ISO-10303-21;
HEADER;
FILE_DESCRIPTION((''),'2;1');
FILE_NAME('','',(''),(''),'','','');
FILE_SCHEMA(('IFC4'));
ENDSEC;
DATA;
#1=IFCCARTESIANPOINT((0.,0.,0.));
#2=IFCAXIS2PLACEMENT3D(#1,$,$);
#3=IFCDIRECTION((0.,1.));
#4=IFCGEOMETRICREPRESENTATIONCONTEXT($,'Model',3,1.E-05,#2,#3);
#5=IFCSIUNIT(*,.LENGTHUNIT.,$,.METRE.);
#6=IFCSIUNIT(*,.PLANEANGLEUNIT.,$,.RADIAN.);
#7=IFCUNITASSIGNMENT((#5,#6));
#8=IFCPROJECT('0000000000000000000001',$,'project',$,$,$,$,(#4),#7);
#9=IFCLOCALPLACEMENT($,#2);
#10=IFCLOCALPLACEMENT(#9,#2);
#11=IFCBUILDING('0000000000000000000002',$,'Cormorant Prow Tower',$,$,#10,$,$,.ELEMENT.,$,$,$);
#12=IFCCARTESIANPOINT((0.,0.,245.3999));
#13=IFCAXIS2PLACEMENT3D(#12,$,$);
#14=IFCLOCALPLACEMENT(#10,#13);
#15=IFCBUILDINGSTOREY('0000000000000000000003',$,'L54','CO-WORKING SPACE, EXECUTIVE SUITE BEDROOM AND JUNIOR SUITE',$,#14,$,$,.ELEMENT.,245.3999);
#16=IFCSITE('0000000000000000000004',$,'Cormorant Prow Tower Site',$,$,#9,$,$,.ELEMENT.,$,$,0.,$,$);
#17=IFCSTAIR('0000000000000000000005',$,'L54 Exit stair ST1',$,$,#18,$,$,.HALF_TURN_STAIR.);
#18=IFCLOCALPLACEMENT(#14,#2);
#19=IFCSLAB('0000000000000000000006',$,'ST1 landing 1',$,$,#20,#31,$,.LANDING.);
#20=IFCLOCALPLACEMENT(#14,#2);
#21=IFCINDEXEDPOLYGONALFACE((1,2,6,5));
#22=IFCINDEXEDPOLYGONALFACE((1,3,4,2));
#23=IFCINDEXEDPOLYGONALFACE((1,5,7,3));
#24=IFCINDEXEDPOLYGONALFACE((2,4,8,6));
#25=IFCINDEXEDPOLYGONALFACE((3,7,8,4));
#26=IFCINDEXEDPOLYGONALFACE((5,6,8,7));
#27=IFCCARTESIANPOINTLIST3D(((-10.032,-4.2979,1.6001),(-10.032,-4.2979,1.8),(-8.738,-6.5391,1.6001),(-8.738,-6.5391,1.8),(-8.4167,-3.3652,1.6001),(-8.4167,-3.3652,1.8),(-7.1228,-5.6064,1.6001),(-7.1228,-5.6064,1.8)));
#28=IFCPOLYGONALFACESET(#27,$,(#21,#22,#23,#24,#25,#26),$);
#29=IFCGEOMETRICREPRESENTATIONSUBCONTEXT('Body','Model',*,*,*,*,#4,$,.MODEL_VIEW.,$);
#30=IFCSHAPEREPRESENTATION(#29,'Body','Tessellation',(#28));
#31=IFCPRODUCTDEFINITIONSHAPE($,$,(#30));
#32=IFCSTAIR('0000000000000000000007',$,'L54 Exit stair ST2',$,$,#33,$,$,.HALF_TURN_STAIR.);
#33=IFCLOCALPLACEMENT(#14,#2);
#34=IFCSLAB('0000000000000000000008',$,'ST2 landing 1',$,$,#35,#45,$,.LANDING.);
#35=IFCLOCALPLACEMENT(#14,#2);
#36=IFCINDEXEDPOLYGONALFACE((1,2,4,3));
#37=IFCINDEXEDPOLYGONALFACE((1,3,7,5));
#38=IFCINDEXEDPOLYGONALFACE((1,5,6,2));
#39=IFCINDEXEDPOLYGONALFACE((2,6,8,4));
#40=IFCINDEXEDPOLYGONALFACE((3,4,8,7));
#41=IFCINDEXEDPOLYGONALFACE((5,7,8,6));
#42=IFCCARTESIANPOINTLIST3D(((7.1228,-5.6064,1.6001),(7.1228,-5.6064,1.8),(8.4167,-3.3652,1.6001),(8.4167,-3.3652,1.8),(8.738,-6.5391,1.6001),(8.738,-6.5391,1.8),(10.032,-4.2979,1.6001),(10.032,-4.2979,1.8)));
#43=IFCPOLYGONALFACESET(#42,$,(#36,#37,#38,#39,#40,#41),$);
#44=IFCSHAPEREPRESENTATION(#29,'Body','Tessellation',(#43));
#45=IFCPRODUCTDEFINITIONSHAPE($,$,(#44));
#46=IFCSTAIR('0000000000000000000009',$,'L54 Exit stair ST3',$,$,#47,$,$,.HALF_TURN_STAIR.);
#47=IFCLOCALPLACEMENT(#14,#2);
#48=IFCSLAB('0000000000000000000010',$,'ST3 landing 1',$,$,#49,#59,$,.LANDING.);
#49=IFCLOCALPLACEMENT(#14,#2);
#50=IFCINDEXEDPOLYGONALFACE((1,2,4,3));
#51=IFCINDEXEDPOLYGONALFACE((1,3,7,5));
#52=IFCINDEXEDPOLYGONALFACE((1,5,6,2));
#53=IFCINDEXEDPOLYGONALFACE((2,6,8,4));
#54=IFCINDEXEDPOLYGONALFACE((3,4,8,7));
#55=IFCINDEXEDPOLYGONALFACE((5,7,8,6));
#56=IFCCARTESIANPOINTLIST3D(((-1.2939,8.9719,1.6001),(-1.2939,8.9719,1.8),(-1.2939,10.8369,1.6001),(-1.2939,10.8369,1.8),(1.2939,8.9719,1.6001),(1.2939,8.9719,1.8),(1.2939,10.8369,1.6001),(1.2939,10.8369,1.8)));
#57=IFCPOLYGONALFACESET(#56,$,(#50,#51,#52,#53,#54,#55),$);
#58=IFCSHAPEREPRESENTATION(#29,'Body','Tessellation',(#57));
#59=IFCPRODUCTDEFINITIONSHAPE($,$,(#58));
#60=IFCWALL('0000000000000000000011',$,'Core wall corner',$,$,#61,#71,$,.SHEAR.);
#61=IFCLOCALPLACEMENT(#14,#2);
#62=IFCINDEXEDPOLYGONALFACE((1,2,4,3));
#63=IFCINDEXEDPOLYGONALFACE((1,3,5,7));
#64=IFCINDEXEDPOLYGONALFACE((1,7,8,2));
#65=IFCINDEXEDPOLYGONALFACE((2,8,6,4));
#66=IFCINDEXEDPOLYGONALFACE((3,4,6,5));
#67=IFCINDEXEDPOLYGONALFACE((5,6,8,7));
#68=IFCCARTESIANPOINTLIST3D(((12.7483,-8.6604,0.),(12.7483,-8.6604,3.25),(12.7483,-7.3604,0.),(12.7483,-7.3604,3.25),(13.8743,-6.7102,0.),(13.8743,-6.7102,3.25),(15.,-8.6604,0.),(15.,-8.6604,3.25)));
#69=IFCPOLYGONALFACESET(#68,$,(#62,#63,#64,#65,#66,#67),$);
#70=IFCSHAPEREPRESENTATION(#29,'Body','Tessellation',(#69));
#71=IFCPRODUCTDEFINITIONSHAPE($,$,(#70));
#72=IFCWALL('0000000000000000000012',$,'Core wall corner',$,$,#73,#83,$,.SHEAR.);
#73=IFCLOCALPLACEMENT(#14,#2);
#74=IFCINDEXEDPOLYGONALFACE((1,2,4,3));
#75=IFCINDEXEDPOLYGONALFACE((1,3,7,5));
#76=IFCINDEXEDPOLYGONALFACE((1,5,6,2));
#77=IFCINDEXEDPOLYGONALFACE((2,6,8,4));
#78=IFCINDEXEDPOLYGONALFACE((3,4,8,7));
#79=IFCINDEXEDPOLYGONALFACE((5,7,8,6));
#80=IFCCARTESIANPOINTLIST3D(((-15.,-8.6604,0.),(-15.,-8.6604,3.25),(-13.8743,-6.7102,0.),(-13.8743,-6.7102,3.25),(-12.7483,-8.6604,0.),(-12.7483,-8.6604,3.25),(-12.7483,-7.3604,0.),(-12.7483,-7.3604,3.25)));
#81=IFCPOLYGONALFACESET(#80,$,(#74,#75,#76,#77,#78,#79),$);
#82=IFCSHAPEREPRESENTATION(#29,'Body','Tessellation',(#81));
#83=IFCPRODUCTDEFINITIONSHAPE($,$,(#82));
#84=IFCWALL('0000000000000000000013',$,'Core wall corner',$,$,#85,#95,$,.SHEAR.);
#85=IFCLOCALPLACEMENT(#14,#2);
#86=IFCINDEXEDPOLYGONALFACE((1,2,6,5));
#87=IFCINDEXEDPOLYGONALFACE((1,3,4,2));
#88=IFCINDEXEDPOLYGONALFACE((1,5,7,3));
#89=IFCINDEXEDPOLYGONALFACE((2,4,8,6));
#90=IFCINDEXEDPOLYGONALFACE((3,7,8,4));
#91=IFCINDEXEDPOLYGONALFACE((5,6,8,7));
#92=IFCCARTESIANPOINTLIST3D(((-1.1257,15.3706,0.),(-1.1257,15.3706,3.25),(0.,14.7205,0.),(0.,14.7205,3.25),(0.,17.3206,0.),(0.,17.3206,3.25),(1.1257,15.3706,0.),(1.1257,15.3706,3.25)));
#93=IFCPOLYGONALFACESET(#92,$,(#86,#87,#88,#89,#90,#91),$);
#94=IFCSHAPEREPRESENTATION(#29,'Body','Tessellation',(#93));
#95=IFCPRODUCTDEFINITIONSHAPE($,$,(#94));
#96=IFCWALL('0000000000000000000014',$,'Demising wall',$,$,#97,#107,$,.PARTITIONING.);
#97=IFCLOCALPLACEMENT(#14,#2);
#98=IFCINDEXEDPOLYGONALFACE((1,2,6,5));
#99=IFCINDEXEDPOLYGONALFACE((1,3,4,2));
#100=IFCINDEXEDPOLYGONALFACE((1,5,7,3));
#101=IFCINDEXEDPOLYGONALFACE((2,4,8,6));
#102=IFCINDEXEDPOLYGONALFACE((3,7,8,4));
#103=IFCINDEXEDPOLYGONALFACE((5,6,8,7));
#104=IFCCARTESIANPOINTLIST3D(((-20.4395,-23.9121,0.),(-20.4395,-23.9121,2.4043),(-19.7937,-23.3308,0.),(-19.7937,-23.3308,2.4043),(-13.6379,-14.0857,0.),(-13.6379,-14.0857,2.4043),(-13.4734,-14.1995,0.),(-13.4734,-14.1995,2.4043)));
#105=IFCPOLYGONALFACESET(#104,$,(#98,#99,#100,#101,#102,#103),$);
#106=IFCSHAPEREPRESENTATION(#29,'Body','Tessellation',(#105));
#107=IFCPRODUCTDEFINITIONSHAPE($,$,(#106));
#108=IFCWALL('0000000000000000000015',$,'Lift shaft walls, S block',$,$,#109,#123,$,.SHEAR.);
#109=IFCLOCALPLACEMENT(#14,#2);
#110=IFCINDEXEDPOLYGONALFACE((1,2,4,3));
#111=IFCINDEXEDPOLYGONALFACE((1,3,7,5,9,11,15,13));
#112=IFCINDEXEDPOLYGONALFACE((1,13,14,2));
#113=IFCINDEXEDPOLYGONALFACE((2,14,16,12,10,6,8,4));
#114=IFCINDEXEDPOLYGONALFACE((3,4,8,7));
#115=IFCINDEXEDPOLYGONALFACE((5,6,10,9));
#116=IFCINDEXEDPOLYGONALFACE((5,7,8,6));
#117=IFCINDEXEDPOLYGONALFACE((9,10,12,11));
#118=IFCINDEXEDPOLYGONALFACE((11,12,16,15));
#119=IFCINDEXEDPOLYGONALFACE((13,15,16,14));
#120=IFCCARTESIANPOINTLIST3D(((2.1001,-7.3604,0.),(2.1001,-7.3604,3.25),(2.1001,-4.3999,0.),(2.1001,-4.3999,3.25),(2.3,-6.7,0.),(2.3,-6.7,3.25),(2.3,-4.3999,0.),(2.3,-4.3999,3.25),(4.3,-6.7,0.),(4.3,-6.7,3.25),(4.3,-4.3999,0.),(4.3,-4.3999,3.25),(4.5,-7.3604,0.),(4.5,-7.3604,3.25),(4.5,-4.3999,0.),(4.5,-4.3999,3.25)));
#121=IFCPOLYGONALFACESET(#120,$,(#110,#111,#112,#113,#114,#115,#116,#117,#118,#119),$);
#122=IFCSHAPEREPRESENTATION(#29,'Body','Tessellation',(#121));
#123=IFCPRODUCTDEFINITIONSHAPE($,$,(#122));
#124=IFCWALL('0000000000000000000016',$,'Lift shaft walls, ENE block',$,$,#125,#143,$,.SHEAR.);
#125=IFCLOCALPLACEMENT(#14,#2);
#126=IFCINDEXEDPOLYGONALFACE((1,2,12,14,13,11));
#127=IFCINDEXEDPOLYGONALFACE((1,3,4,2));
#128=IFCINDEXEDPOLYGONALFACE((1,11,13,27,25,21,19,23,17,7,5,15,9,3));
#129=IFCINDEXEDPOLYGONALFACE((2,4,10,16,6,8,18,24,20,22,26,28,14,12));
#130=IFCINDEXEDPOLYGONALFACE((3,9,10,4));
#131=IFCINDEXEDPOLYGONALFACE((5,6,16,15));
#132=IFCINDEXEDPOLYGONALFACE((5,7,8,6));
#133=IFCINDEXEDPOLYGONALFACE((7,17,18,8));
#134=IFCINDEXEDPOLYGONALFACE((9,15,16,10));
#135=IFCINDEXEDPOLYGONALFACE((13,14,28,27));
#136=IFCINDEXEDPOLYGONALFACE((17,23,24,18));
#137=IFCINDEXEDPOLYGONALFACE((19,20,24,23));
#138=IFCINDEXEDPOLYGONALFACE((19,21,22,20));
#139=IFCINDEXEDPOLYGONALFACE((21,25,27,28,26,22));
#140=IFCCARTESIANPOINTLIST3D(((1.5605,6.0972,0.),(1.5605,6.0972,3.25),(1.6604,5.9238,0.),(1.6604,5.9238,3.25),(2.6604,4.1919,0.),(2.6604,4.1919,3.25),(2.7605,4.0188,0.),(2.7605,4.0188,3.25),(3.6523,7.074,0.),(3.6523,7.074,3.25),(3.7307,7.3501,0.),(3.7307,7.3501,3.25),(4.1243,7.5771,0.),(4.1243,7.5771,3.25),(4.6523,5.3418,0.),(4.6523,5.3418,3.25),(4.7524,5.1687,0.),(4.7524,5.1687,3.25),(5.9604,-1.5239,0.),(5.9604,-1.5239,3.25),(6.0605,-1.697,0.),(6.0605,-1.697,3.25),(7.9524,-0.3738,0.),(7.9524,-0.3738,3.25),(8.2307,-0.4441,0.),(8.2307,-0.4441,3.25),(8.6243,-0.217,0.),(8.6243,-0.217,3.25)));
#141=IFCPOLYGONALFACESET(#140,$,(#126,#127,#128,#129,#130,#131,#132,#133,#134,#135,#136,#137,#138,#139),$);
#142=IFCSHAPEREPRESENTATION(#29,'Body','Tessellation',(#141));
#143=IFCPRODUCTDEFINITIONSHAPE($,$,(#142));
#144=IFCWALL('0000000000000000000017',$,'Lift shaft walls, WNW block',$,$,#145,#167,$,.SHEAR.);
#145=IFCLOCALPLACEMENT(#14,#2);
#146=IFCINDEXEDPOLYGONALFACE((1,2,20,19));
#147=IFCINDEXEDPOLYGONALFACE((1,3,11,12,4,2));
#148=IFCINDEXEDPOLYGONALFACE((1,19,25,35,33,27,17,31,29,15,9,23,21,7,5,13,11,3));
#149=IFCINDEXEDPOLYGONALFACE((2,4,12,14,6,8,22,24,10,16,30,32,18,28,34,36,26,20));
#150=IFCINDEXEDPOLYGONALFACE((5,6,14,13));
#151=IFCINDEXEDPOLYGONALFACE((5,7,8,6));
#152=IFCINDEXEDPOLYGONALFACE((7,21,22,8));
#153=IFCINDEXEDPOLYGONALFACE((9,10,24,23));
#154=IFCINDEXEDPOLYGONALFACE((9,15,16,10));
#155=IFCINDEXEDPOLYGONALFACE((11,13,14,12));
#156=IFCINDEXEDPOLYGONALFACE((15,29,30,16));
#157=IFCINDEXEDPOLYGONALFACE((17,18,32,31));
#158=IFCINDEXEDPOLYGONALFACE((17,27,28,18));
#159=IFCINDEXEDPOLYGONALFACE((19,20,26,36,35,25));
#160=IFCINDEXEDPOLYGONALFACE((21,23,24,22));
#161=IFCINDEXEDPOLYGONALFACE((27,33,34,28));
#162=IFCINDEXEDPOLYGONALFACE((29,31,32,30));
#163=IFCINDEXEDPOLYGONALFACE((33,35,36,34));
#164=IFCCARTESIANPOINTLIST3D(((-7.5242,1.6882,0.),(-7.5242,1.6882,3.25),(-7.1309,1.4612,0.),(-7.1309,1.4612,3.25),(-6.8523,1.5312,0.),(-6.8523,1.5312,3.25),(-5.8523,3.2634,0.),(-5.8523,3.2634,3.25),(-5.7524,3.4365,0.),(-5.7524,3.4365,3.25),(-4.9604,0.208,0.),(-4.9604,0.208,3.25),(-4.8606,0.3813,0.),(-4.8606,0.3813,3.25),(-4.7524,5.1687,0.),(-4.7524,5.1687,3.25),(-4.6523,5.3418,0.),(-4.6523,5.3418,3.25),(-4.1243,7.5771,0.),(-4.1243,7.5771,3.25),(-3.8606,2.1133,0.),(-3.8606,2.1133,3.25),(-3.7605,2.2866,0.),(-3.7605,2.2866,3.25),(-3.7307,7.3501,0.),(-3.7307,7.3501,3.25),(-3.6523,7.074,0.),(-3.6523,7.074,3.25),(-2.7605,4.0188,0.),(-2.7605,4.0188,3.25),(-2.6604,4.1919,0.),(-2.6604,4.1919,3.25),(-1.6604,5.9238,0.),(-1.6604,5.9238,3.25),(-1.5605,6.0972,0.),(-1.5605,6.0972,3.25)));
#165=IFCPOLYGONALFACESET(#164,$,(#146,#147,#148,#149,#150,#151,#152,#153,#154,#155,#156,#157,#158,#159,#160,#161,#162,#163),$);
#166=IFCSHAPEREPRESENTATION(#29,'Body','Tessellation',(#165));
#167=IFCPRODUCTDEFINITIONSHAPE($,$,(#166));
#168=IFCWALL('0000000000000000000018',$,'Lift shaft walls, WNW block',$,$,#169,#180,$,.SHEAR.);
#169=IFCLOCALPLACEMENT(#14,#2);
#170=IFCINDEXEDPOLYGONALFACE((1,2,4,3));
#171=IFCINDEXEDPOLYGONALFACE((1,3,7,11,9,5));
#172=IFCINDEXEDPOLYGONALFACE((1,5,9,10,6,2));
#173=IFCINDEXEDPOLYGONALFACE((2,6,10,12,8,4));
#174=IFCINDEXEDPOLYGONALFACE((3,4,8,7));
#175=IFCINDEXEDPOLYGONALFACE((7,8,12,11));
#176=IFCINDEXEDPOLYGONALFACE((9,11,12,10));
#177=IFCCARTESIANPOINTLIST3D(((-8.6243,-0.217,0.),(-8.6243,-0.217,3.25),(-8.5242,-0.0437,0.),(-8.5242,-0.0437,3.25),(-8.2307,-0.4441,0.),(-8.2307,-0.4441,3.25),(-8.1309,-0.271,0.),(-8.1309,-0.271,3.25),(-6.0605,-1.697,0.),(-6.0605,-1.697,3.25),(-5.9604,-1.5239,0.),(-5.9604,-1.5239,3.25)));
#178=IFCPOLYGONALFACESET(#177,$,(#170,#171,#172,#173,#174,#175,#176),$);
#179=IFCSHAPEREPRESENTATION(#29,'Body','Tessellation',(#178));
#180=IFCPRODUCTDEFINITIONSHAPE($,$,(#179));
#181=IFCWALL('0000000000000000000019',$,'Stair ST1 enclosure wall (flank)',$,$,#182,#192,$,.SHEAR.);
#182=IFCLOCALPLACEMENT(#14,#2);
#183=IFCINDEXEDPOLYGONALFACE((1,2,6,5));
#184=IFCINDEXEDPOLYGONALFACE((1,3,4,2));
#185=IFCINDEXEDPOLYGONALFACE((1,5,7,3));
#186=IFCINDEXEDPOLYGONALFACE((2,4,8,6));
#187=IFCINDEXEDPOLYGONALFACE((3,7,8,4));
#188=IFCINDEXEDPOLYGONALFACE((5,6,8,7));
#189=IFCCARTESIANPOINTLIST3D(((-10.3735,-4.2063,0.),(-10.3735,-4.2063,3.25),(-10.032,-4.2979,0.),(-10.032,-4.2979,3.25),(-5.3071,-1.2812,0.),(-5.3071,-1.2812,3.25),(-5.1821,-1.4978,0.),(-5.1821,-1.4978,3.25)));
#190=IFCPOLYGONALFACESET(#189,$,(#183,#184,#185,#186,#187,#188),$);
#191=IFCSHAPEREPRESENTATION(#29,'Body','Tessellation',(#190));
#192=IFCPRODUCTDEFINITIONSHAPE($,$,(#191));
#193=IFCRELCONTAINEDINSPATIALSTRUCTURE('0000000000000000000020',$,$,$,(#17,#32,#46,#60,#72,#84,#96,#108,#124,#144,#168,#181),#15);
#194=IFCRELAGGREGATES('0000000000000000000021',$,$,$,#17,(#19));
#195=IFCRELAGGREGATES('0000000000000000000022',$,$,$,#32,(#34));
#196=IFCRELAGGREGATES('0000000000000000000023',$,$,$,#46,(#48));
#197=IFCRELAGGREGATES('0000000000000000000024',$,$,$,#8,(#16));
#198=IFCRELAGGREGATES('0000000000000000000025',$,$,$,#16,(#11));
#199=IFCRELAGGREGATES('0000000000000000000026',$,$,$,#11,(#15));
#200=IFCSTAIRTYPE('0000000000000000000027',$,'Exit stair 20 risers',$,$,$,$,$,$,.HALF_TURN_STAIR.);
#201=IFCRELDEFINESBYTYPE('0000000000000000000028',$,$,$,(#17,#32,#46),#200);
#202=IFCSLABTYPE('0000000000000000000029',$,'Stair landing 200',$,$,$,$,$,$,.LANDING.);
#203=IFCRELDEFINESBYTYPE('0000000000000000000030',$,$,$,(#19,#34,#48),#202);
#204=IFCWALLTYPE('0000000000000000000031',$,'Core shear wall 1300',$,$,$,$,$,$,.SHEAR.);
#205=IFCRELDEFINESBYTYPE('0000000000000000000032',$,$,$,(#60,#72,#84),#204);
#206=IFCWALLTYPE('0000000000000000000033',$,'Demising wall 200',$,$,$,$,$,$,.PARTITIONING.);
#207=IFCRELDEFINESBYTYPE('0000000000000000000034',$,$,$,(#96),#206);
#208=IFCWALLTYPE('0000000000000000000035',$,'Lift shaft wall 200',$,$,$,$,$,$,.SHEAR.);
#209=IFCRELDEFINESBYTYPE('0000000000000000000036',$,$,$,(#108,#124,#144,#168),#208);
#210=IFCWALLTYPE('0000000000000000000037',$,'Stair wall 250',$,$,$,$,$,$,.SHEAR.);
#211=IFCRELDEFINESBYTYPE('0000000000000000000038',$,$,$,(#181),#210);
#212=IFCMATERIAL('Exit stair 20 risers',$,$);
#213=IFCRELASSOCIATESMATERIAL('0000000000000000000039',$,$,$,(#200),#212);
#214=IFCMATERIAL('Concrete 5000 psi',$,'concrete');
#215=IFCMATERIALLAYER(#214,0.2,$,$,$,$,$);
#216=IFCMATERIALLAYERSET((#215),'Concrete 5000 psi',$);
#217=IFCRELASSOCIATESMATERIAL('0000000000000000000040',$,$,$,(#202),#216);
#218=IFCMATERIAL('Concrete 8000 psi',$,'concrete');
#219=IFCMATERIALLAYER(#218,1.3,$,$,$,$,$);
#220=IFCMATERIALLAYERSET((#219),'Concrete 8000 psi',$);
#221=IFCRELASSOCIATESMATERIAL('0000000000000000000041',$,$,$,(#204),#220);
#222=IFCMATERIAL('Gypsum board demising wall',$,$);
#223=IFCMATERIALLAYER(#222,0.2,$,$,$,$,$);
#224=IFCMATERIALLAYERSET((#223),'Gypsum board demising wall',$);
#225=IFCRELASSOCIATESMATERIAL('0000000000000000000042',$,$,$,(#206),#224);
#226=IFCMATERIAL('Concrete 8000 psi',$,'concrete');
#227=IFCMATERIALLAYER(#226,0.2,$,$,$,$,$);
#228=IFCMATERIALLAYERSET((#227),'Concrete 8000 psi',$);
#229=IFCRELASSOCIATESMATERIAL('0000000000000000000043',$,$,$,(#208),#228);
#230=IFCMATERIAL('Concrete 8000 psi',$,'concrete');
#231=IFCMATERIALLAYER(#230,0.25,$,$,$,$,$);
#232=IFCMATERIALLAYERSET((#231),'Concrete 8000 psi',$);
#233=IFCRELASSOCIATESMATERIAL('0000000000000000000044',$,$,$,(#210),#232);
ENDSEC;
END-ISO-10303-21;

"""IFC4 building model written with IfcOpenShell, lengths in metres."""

from ifc_helpers import new_model, si_unit, direction, frame, origin, place, context, subcontext, project, spatial, polyline, outline, extrude, material, layer, layer_set, type_object, element, aggregate, save


model = new_model("IFC4")

# Units and contexts
model_context = context("Model", 3, precision=1e-05, world=origin(), true_north=direction((0.0, 1.0)))
body_context = subcontext(model_context, "Body", "Model", "MODEL_VIEW")
ifc_project = project(units=[si_unit("LENGTHUNIT", "METRE"), si_unit("PLANEANGLEUNIT", "RADIAN")], contexts=[model_context])

# Site, building, storey
site_placement = place(None, origin())
site = spatial("IfcSite", under=ifc_project, at=site_placement, Name="Cormorant Prow Tower Site", CompositionType="ELEMENT", RefElevation=0.0)
building_placement = place(site_placement, origin())
building = spatial("IfcBuilding", under=site, at=building_placement, Name="Cormorant Prow Tower", CompositionType="ELEMENT")
storey_placement = place(building_placement, frame((0.0, 0.0, 245.3999)))
storey = spatial("IfcBuildingStorey", under=building, at=storey_placement, Name="L54", Description="CO-WORKING SPACE, EXECUTIVE SUITE BEDROOM AND JUNIOR SUITE", CompositionType="ELEMENT", Elevation=245.3999)

# Stairs, slabs
ifc_material_1 = material(Name="Exit stair 20 risers")
stair_type = type_object("IfcStairType", Name="Exit stair 20 risers", PredefinedType="HALF_TURN_STAIR", material=ifc_material_1)
stair_1_placement = place(storey_placement, origin())
stair_1 = element("IfcStair", 1, at=stair_1_placement, inside=storey, type_object=stair_type, Name="L54 Exit stair ST1", PredefinedType="HALF_TURN_STAIR")
ifc_material_2 = material(Name="Concrete 5000 psi", Category="concrete")
ifc_layer_1 = layer(ifc_material_2, 0.2)
ifc_layer_set_1 = layer_set([ifc_layer_1], Name="Concrete 5000 psi")
slab_type = type_object("IfcSlabType", Name="Stair landing 200", PredefinedType="LANDING", material=ifc_layer_set_1)
slab_1_placement = place(storey_placement, frame((0.0, 0.0, 1.6001)))
slab_1 = element("IfcSlab", 2, at=slab_1_placement, type_object=slab_type, Name="ST1 landing 1", PredefinedType="LANDING", context=body_context, shape_type="SweptSolid", body=[
    extrude(outline(polyline([(-8.4167, -3.3652), (-10.032, -4.2979), (-8.738, -6.5391), (-7.1228, -5.6064), (-8.4167, -3.3652)])), origin(), (0.0, 0.0, 1.0), 0.2),
])
aggregate(stair_1, [slab_1])
stair_2_placement = place(storey_placement, origin())
stair_2 = element("IfcStair", 3, at=stair_2_placement, inside=storey, type_object=stair_type, Name="L54 Exit stair ST2", PredefinedType="HALF_TURN_STAIR")
slab_2_placement = place(storey_placement, frame((0.0, 0.0, 1.6001)))
slab_2 = element("IfcSlab", 4, at=slab_2_placement, type_object=slab_type, Name="ST2 landing 1", PredefinedType="LANDING", context=body_context, shape_type="SweptSolid", body=[
    extrude(outline(polyline([(7.1228, -5.6064), (8.738, -6.5391), (10.032, -4.2979), (8.4167, -3.3652), (7.1228, -5.6064)])), origin(), (0.0, 0.0, 1.0), 0.2),
])
aggregate(stair_2, [slab_2])
stair_3_placement = place(storey_placement, origin())
stair_3 = element("IfcStair", 5, at=stair_3_placement, inside=storey, type_object=stair_type, Name="L54 Exit stair ST3", PredefinedType="HALF_TURN_STAIR")
slab_3_placement = place(storey_placement, frame((0.0, 0.0, 1.6001)))
slab_3 = element("IfcSlab", 6, at=slab_3_placement, type_object=slab_type, Name="ST3 landing 1", PredefinedType="LANDING", context=body_context, shape_type="SweptSolid", body=[
    extrude(outline(polyline([(1.2939, 8.9719), (1.2939, 10.8369), (-1.2939, 10.8369), (-1.2939, 8.9719), (1.2939, 8.9719)])), origin(), (0.0, 0.0, 1.0), 0.2),
])
aggregate(stair_3, [slab_3])

# Walls
ifc_material_3 = material(Name="Concrete 8000 psi", Category="concrete")
ifc_layer_2 = layer(ifc_material_3, 1.3)
ifc_layer_set_2 = layer_set([ifc_layer_2], Name="Concrete 8000 psi")
wall_type_1 = type_object("IfcWallType", Name="Core shear wall 1300", PredefinedType="SHEAR", material=ifc_layer_set_2)
wall_1_placement = place(storey_placement, origin())
element("IfcWall", 7, at=wall_1_placement, inside=storey, type_object=wall_type_1, Name="Core wall corner", PredefinedType="SHEAR", context=body_context, shape_type="SweptSolid", body=[
    extrude(outline(polyline([(12.7483, -8.6604), (12.7483, -7.3604), (13.8743, -6.7102), (15.0, -8.6604), (12.7483, -8.6604)])), origin(), (0.0, 0.0, 1.0), 3.25),
])
wall_2_placement = place(storey_placement, origin())
element("IfcWall", 8, at=wall_2_placement, inside=storey, type_object=wall_type_1, Name="Core wall corner", PredefinedType="SHEAR", context=body_context, shape_type="SweptSolid", body=[
    extrude(outline(polyline([(-13.8743, -6.7102), (-12.7483, -7.3604), (-12.7483, -8.6604), (-15.0, -8.6604), (-13.8743, -6.7102)])), origin(), (0.0, 0.0, 1.0), 3.25),
])
wall_3_placement = place(storey_placement, origin())
element("IfcWall", 9, at=wall_3_placement, inside=storey, type_object=wall_type_1, Name="Core wall corner", PredefinedType="SHEAR", context=body_context, shape_type="SweptSolid", body=[
    extrude(outline(polyline([(-1.1257, 15.3706), (0.0, 17.3206), (1.1257, 15.3706), (0.0, 14.7205), (-1.1257, 15.3706)])), origin(), (0.0, 0.0, 1.0), 3.25),
])
ifc_material_4 = material(Name="Gypsum board demising wall")
ifc_layer_3 = layer(ifc_material_4, 0.2)
ifc_layer_set_3 = layer_set([ifc_layer_3], Name="Gypsum board demising wall")
wall_type_2 = type_object("IfcWallType", Name="Demising wall 200", PredefinedType="PARTITIONING", material=ifc_layer_set_3)
wall_4_placement = place(storey_placement, origin())
element("IfcWall", 10, at=wall_4_placement, inside=storey, type_object=wall_type_2, Name="Demising wall", PredefinedType="PARTITIONING", context=body_context, shape_type="SweptSolid", body=[
    extrude(outline(polyline([(-13.4734, -14.1995), (-19.7937, -23.3308), (-20.4395, -23.9121), (-13.6379, -14.0857), (-13.4734, -14.1995)])), origin(), (0.0, 0.0, 1.0), 2.4043),
])
ifc_material_5 = material(Name="Concrete 8000 psi", Category="concrete")
ifc_layer_4 = layer(ifc_material_5, 0.2)
ifc_layer_set_4 = layer_set([ifc_layer_4], Name="Concrete 8000 psi")
wall_type_3 = type_object("IfcWallType", Name="Lift shaft wall 200", PredefinedType="SHEAR", material=ifc_layer_set_4)
wall_5_placement = place(storey_placement, origin())
element("IfcWall", 11, at=wall_5_placement, inside=storey, type_object=wall_type_3, Name="Lift shaft walls, S block", PredefinedType="SHEAR", context=body_context, shape_type="SweptSolid", body=[
    extrude(outline(polyline([(2.1001, -7.3604), (2.1001, -4.3999), (2.3, -4.3999), (2.3, -6.7), (4.3, -6.7), (4.3, -4.3999), (4.5, -4.3999), (4.5, -7.3604), (2.1001, -7.3604)])), origin(), (0.0, 0.0, 1.0), 3.25),
])
wall_6_placement = place(storey_placement, origin())
element("IfcWall", 12, at=wall_6_placement, inside=storey, type_object=wall_type_3, Name="Lift shaft walls, ENE block", PredefinedType="SHEAR", context=body_context, shape_type="SweptSolid", body=[
    extrude(outline(polyline([(4.1243, 7.5771), (8.6243, -0.217), (8.2307, -0.4441), (6.0605, -1.697), (5.9604, -1.5239), (7.9524, -0.3738), (4.7524, 5.1687), (2.7605, 4.0188), (2.6604, 4.1919), (4.6523, 5.3418), (3.6523, 7.074), (1.6604, 5.9238), (1.5605, 6.0972), (3.7307, 7.3501), (4.1243, 7.5771)])), origin(), (0.0, 0.0, 1.0), 3.25),
])
wall_7_placement = place(storey_placement, origin())
element("IfcWall", 13, at=wall_7_placement, inside=storey, type_object=wall_type_3, Name="Lift shaft walls, WNW block", PredefinedType="SHEAR", context=body_context, shape_type="SweptSolid", body=[
    extrude(outline(polyline([(-7.5242, 1.6882), (-4.1243, 7.5771), (-3.7307, 7.3501), (-1.5605, 6.0972), (-1.6604, 5.9238), (-3.6523, 7.074), (-4.6523, 5.3418), (-2.6604, 4.1919), (-2.7605, 4.0188), (-4.7524, 5.1687), (-5.7524, 3.4365), (-3.7605, 2.2866), (-3.8606, 2.1133), (-5.8523, 3.2634), (-6.8523, 1.5312), (-4.8606, 0.3813), (-4.9604, 0.208), (-7.1309, 1.4612), (-7.5242, 1.6882)])), origin(), (0.0, 0.0, 1.0), 3.25),
])
wall_8_placement = place(storey_placement, origin())
element("IfcWall", 14, at=wall_8_placement, inside=storey, type_object=wall_type_3, Name="Lift shaft walls, WNW block", PredefinedType="SHEAR", context=body_context, shape_type="SweptSolid", body=[
    extrude(outline(polyline([(-8.5242, -0.0437), (-8.1309, -0.271), (-5.9604, -1.5239), (-6.0605, -1.697), (-8.2307, -0.4441), (-8.6243, -0.217), (-8.5242, -0.0437)])), origin(), (0.0, 0.0, 1.0), 3.25),
])
ifc_material_6 = material(Name="Concrete 8000 psi", Category="concrete")
ifc_layer_5 = layer(ifc_material_6, 0.25)
ifc_layer_set_5 = layer_set([ifc_layer_5], Name="Concrete 8000 psi")
wall_type_4 = type_object("IfcWallType", Name="Stair wall 250", PredefinedType="SHEAR", material=ifc_layer_set_5)
wall_9_placement = place(storey_placement, origin())
element("IfcWall", 15, at=wall_9_placement, inside=storey, type_object=wall_type_4, Name="Stair ST1 enclosure wall (flank)", PredefinedType="SHEAR", context=body_context, shape_type="SweptSolid", body=[
    extrude(outline(polyline([(-5.3071, -1.2812), (-10.3735, -4.2063), (-10.032, -4.2979), (-5.1821, -1.4978), (-5.3071, -1.2812)])), origin(), (0.0, 0.0, 1.0), 3.25),
])

save(model, "model.ifc")
